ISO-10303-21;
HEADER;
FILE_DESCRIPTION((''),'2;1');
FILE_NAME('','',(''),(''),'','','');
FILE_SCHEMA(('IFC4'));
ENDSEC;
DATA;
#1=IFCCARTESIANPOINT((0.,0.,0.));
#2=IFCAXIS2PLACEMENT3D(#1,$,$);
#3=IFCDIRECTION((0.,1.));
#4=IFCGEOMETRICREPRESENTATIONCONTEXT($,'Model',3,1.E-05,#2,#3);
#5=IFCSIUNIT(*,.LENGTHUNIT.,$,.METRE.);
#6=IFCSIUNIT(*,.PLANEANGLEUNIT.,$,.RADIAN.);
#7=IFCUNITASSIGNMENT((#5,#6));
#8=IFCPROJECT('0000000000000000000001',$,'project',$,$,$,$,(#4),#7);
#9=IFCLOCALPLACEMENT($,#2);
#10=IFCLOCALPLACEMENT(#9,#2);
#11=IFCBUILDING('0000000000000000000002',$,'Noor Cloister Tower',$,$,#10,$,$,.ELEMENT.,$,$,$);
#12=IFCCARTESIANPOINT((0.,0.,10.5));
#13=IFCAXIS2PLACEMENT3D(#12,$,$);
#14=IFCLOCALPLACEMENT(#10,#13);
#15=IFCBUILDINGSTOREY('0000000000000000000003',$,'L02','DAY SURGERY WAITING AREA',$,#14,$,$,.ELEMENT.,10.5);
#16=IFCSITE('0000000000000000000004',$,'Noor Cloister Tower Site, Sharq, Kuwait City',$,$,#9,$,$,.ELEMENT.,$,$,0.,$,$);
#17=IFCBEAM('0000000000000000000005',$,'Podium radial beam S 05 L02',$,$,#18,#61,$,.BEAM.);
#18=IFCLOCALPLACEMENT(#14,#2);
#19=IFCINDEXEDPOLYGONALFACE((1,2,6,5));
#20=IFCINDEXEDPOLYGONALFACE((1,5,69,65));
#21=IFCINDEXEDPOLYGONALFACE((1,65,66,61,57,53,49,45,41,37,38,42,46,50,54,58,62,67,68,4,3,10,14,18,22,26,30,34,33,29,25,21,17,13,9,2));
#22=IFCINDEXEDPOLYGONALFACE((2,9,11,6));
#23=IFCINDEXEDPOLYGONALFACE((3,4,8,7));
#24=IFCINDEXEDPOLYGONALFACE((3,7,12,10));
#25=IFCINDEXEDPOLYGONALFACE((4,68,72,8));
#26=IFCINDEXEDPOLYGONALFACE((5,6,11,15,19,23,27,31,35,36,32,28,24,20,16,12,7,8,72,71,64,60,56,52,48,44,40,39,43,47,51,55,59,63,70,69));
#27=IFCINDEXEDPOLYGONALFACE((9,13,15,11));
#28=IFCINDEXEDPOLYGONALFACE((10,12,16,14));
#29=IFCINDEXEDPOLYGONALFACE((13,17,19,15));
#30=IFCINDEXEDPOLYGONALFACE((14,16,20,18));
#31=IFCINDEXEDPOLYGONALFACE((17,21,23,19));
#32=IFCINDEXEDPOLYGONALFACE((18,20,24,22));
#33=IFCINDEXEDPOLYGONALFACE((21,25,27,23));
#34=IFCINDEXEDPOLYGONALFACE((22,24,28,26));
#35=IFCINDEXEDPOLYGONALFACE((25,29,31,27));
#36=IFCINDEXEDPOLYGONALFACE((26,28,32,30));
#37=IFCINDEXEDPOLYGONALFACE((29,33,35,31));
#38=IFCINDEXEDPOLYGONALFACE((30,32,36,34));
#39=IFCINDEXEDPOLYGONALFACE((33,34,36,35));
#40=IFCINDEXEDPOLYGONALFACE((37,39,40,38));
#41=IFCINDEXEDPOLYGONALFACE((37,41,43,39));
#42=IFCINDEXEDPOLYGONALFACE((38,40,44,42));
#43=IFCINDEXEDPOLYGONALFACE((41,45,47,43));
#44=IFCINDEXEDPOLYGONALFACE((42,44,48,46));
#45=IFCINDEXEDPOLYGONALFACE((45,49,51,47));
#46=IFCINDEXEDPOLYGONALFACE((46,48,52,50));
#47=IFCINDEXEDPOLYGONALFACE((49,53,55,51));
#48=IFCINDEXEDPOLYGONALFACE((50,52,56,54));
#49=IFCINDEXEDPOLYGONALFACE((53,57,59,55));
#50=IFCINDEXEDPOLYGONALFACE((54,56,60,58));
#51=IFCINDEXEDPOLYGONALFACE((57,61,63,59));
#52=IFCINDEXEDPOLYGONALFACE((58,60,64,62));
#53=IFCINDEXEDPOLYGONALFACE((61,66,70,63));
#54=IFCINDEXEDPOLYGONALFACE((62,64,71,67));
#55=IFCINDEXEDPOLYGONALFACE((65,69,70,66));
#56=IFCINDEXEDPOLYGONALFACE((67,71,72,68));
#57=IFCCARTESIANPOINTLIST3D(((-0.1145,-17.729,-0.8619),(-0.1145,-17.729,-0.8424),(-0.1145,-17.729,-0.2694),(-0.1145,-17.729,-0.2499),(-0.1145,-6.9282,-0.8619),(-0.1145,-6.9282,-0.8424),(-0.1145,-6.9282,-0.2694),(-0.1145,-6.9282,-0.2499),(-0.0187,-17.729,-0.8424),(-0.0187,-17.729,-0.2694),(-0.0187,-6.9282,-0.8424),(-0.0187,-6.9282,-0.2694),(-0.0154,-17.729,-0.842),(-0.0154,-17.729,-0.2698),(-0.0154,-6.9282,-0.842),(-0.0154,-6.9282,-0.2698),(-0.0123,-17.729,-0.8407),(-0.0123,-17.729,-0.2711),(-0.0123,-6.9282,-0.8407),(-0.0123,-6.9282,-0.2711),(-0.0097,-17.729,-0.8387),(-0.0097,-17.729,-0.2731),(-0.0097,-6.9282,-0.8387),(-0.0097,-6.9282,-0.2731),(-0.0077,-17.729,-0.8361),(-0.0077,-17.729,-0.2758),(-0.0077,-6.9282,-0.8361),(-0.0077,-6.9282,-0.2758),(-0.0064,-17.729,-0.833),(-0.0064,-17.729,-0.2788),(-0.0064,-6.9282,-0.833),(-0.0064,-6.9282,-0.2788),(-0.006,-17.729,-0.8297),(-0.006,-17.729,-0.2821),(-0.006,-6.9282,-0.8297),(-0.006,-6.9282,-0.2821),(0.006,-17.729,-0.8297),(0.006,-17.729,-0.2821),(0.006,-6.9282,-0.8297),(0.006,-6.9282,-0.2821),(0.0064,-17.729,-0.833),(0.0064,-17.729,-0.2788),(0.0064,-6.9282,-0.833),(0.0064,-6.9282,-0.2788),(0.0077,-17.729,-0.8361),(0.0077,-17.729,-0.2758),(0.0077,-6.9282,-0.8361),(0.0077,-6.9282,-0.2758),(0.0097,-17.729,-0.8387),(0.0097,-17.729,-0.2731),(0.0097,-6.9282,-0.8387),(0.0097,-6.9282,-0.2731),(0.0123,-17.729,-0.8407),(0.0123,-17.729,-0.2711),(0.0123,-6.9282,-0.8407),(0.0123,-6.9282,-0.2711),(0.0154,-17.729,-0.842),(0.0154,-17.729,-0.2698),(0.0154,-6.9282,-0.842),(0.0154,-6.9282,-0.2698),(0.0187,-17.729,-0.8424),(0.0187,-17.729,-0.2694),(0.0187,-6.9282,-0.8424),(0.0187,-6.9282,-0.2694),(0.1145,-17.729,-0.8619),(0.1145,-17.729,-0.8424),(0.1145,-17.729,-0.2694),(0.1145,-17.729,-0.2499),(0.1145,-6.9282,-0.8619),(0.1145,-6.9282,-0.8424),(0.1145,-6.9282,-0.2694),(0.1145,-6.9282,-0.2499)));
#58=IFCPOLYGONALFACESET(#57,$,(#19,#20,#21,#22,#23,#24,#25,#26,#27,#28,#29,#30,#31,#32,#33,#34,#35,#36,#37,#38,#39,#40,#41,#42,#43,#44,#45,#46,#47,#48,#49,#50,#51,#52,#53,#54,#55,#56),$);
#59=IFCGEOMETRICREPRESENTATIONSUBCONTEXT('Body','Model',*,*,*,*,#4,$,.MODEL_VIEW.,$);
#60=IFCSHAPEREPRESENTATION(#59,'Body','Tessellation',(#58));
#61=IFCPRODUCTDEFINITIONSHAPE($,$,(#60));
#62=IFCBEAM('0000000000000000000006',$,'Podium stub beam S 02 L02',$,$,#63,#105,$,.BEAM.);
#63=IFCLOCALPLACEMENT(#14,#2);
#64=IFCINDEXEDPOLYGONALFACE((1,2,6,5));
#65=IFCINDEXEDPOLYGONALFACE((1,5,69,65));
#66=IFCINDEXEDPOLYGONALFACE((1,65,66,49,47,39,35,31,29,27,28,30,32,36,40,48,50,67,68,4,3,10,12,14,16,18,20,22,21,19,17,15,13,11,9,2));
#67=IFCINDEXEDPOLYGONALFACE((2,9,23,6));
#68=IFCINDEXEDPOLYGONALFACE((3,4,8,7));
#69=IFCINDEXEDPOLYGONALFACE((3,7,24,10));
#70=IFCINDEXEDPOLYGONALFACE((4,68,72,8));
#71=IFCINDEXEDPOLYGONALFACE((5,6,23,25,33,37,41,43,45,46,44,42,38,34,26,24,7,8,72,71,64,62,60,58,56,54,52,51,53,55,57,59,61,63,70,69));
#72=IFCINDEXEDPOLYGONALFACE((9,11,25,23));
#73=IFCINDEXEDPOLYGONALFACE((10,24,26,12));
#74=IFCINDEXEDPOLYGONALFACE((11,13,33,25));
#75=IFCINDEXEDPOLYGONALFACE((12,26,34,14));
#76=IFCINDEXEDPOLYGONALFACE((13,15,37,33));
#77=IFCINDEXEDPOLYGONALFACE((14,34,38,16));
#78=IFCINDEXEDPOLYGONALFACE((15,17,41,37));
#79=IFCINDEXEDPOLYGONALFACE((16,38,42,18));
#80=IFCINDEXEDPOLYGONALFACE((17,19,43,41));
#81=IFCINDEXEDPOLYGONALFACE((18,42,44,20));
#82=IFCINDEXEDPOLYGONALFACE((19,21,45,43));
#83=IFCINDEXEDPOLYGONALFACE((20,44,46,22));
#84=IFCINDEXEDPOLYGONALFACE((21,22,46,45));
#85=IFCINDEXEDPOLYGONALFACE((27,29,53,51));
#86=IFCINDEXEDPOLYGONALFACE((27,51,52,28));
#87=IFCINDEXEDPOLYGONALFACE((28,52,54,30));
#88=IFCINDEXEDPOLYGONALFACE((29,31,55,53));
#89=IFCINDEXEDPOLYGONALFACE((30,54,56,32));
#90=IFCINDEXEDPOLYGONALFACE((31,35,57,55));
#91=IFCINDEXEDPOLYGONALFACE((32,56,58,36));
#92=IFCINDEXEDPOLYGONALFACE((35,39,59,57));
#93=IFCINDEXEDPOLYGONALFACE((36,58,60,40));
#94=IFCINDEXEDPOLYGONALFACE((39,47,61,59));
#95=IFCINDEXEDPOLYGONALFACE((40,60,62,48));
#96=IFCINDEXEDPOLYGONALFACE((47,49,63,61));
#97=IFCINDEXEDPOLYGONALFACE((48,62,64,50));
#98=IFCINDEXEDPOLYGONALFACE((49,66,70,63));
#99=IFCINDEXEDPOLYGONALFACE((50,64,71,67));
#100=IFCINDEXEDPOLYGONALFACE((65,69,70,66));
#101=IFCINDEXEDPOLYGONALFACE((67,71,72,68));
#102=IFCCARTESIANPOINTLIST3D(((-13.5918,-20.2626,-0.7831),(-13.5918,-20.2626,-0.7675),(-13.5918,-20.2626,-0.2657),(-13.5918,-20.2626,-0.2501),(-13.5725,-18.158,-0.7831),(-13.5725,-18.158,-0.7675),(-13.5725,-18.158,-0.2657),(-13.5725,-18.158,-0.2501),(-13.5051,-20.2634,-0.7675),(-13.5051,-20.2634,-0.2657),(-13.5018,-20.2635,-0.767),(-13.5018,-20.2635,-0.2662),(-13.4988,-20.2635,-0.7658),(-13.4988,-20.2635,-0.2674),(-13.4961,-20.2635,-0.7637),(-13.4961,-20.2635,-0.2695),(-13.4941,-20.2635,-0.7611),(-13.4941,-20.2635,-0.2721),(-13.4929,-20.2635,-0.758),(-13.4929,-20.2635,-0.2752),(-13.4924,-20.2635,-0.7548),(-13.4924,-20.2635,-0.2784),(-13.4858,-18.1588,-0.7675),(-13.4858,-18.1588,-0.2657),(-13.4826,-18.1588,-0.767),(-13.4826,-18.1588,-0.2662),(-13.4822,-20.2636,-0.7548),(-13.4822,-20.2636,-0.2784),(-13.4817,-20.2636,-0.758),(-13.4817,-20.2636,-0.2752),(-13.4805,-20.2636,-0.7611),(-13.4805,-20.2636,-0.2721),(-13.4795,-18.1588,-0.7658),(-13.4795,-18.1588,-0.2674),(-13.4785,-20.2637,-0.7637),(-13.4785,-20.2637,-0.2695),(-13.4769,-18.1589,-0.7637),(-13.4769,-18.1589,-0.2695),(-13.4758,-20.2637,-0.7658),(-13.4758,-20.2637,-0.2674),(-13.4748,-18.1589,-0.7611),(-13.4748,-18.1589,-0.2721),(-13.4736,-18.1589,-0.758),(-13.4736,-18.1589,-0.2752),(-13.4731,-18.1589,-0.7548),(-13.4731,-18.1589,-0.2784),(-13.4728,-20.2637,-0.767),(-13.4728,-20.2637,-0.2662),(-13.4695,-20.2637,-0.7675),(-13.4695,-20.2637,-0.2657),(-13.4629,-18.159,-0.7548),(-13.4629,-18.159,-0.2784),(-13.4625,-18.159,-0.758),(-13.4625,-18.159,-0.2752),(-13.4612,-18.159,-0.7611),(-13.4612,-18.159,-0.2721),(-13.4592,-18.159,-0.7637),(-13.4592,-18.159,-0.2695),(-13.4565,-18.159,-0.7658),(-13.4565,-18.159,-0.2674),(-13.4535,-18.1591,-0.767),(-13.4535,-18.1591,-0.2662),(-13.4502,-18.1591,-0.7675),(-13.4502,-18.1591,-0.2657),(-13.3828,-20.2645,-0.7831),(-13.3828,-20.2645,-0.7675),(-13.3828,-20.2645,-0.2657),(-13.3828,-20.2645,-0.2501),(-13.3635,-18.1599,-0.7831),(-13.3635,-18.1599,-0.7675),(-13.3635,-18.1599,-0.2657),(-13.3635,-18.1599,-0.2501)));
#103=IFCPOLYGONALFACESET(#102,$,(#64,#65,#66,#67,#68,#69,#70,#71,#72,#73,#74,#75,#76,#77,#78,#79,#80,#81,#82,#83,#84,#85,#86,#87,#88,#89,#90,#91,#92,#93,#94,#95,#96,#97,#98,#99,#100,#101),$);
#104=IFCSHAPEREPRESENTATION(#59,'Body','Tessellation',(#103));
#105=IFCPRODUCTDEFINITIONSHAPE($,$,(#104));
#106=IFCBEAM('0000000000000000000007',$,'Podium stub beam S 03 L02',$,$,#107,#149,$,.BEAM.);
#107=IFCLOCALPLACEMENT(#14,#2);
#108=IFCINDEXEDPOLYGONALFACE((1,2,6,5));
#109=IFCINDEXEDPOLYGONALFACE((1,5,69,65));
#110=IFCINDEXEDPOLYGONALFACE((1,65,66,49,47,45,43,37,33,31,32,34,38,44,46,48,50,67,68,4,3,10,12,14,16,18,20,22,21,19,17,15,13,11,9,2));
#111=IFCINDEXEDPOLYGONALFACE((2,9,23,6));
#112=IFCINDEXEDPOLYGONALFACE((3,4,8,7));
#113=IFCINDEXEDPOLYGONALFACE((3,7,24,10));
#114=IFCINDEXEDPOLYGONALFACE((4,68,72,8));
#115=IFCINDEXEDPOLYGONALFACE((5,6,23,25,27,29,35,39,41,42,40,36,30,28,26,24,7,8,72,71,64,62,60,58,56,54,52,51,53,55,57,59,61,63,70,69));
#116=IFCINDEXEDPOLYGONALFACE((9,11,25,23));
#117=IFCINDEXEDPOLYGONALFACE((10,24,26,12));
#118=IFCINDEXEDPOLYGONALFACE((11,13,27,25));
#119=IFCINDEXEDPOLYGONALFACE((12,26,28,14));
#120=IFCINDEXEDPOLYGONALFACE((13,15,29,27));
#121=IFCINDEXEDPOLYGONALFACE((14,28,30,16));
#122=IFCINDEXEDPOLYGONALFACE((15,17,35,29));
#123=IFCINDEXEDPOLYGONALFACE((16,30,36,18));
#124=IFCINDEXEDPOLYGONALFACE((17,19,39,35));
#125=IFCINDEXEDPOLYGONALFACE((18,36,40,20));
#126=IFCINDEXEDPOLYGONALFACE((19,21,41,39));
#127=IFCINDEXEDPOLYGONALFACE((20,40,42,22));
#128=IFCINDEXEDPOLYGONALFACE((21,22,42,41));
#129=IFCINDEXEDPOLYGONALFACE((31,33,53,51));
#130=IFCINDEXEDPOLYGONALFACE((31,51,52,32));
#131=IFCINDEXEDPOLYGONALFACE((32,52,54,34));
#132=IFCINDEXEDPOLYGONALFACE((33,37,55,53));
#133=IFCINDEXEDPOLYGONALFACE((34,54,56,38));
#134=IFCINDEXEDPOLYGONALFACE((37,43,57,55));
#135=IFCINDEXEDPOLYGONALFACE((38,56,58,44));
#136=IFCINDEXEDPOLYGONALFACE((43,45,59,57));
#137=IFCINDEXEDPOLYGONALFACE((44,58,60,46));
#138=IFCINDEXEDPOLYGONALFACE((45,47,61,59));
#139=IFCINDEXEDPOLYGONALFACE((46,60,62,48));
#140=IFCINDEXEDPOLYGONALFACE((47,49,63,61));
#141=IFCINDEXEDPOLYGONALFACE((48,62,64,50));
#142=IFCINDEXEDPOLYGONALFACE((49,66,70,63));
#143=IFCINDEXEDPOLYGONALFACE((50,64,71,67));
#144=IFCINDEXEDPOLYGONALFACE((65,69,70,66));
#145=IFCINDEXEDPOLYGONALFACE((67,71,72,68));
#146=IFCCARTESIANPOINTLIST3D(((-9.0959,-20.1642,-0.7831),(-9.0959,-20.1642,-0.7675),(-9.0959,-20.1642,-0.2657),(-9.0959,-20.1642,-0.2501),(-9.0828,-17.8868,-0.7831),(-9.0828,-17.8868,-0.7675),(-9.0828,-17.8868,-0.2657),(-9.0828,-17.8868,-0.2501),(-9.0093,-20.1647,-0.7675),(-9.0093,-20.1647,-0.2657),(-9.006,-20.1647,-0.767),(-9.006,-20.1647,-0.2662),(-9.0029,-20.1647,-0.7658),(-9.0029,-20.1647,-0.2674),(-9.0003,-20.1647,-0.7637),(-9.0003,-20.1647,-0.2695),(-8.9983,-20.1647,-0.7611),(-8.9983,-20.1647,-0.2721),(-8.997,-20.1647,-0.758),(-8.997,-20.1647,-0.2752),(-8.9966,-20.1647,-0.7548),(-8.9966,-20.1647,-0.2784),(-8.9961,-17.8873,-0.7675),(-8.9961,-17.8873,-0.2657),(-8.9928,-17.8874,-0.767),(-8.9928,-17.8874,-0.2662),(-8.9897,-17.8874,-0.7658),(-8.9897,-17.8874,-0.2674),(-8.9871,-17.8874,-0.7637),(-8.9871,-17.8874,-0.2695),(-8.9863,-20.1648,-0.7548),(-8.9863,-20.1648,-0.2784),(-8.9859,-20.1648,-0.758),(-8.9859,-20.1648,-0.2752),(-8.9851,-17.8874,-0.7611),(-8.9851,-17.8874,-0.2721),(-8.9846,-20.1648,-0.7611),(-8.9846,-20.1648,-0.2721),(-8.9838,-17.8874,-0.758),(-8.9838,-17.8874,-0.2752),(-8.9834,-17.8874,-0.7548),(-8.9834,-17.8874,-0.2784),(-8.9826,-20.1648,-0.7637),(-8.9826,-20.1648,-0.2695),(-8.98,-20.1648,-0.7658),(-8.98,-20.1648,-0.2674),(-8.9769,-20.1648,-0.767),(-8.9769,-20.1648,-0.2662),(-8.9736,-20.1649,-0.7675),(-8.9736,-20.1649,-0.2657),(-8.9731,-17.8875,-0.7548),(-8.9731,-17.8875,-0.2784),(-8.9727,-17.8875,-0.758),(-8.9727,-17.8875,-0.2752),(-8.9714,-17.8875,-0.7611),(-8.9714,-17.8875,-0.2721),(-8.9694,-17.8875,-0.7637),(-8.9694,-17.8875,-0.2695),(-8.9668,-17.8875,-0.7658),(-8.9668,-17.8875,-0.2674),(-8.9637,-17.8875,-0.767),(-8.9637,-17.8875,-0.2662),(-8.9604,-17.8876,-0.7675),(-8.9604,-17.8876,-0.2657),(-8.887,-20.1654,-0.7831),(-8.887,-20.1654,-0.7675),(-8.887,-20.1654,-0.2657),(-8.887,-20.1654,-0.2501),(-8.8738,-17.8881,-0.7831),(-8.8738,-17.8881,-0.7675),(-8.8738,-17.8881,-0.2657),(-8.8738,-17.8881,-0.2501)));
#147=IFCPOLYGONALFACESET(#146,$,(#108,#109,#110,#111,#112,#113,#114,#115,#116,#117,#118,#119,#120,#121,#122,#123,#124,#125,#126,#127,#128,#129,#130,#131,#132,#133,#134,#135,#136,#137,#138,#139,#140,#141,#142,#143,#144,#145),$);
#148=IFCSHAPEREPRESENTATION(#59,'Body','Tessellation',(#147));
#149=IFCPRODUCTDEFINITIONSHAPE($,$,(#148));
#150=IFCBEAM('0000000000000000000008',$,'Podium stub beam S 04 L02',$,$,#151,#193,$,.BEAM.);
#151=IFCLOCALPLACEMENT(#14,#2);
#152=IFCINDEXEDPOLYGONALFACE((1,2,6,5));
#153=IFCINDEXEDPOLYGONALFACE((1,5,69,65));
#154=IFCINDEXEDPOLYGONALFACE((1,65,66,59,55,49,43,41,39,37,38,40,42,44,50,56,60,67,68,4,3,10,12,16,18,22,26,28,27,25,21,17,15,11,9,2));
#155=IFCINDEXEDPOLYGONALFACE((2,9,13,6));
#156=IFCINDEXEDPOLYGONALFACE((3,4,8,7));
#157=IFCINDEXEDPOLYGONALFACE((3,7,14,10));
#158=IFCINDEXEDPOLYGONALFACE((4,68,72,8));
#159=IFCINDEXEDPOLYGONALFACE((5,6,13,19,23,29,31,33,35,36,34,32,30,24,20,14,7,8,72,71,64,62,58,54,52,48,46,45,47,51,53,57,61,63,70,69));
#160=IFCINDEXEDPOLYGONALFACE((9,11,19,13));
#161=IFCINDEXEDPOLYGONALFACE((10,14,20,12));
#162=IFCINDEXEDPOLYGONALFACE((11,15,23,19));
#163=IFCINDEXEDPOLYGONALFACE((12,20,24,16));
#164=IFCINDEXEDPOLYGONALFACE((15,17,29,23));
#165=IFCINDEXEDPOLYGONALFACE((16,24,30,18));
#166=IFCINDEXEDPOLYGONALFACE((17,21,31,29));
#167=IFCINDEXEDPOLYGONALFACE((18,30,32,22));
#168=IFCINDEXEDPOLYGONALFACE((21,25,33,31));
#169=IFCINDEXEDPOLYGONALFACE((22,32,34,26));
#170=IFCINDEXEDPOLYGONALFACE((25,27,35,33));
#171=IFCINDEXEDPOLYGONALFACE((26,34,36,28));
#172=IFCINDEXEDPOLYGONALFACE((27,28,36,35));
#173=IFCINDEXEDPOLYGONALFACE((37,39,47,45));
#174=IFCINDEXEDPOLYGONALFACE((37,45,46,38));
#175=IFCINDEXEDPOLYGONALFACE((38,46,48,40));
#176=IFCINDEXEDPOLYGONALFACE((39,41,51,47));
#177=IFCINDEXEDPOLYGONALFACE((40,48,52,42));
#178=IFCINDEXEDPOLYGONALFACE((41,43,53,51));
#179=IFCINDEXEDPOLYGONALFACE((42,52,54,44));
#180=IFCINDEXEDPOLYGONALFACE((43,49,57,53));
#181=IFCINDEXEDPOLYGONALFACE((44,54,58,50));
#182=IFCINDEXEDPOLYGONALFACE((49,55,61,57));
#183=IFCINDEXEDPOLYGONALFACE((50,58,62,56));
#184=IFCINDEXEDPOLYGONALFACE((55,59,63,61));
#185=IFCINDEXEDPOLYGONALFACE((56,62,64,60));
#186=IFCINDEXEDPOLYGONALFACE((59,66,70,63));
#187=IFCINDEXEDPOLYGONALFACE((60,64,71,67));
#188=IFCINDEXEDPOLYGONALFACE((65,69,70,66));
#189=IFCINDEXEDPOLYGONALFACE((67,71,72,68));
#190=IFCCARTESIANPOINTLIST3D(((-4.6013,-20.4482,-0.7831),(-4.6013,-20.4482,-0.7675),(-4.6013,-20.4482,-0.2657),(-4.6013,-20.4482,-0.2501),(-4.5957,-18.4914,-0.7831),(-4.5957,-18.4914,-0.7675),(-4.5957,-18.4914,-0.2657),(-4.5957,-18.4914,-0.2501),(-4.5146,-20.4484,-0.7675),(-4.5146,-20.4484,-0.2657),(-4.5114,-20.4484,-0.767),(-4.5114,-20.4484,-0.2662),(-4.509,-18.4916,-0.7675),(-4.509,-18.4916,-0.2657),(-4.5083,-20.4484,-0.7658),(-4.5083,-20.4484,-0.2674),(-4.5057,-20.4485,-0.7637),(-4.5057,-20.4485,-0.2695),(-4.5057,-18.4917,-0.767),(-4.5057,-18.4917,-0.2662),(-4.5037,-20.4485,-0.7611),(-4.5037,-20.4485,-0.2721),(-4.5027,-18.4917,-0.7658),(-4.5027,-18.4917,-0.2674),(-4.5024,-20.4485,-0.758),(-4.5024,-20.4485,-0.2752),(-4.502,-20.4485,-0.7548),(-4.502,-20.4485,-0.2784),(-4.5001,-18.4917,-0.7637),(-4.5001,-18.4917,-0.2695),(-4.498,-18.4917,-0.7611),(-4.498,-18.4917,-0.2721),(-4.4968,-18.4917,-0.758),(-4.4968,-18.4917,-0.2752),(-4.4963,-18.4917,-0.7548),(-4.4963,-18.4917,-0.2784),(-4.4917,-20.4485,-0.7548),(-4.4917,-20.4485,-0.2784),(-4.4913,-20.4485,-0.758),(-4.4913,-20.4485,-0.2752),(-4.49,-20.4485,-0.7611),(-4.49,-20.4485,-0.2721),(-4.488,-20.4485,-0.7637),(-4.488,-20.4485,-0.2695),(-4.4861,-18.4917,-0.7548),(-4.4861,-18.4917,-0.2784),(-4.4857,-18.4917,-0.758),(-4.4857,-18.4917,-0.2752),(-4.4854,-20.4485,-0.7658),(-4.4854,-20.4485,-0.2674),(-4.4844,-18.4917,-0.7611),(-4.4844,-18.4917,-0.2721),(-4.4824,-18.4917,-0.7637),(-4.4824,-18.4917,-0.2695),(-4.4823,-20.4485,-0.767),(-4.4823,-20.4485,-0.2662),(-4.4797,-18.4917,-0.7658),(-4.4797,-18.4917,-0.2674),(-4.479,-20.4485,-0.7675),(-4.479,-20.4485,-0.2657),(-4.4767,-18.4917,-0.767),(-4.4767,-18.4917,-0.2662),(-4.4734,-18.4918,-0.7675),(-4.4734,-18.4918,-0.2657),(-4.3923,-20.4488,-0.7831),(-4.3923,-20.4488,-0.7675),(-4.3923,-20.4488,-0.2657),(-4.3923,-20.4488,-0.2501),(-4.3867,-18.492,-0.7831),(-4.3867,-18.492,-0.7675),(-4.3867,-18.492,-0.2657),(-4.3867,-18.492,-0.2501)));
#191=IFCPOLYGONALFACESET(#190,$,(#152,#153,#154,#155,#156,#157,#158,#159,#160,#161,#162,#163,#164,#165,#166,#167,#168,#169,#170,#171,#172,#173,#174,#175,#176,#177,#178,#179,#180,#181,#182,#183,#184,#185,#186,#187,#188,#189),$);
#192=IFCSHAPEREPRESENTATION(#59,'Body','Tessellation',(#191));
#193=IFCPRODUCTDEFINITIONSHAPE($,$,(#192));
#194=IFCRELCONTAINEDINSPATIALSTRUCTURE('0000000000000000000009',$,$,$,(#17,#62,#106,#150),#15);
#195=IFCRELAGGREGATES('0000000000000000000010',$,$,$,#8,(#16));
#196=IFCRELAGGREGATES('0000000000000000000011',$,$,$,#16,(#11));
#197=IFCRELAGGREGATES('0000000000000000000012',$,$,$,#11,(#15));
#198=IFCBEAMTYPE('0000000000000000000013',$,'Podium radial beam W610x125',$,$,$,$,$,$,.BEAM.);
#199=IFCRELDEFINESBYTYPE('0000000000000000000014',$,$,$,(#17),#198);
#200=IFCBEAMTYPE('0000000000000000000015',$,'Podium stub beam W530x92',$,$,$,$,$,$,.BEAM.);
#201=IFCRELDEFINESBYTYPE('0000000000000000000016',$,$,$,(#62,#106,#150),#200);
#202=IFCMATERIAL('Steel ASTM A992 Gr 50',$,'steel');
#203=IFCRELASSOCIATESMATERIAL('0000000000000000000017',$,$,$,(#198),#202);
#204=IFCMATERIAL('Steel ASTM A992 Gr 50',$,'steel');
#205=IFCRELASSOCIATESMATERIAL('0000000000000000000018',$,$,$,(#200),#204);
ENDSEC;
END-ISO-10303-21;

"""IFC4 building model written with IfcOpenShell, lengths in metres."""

from ifc_helpers import new_model, si_unit, direction, frame, origin, origin_2d, place, context, subcontext, project, spatial, i_section, extrude, material, material_profile, profile_set, type_object, element, save


model = new_model("IFC4")

# Units and contexts
model_context = context("Model", 3, precision=1e-05, world=origin(), true_north=direction((0.0, 1.0)))
body_context = subcontext(model_context, "Body", "Model", "MODEL_VIEW")
ifc_project = project(units=[si_unit("LENGTHUNIT", "METRE"), si_unit("PLANEANGLEUNIT", "RADIAN")], contexts=[model_context])

# Site, building, storey
site_placement = place(None, origin())
site = spatial("IfcSite", under=ifc_project, at=site_placement, Name="Noor Cloister Tower Site, Sharq, Kuwait City", CompositionType="ELEMENT", RefElevation=0.0)
building_placement = place(site_placement, origin())
building = spatial("IfcBuilding", under=site, at=building_placement, Name="Noor Cloister Tower", CompositionType="ELEMENT")
storey_placement = place(building_placement, frame((0.0, 0.0, 10.5)))
storey = spatial("IfcBuildingStorey", under=building, at=storey_placement, Name="L02", Description="DAY SURGERY WAITING AREA", CompositionType="ELEMENT", Elevation=10.5)

# Beams
ifc_material_1 = material(Name="Steel ASTM A992 Gr 50", Category="steel")
ifc_material_profile_1 = material_profile(ifc_material_1, i_section(OverallWidth=0.229, OverallDepth=0.6121, WebThickness=0.012, FlangeThickness=0.0195, FilletRadius=0.0127, at=origin_2d()), Name="W610x125")
ifc_profile_set_1 = profile_set([ifc_material_profile_1], Name="Steel ASTM A992 Gr 50")
beam_type_1 = type_object("IfcBeamType", Name="Podium radial beam W610x125", PredefinedType="BEAM", material=ifc_profile_set_1)
beam_1_placement = place(storey_placement, frame((0.0, -17.729, -0.5559), z_axis=(0.0, 1.0, 0.0), x_axis=(-1.0, 0.0, 0.0)))
element("IfcBeam", 1, at=beam_1_placement, inside=storey, type_object=beam_type_1, Name="Podium radial beam S 05 L02", PredefinedType="BEAM", context=body_context, shape_type="SweptSolid", body=[
    extrude(i_section(OverallWidth=0.229, OverallDepth=0.6121, WebThickness=0.012, FlangeThickness=0.0195, FilletRadius=0.0127, at=origin_2d()), origin(), (0.0, 0.0, 1.0), 10.8008),
])
ifc_material_2 = material(Name="Steel ASTM A992 Gr 50", Category="steel")
ifc_material_profile_2 = material_profile(ifc_material_2, i_section(OverallWidth=0.209, OverallDepth=0.533, WebThickness=0.0103, FlangeThickness=0.0156, FilletRadius=0.0127, at=origin_2d()), Name="W530x92")
ifc_profile_set_2 = profile_set([ifc_material_profile_2], Name="Steel ASTM A992 Gr 50")
beam_type_2 = type_object("IfcBeamType", Name="Podium stub beam W530x92", PredefinedType="BEAM", material=ifc_profile_set_2)
beam_2_placement = place(storey_placement, frame((-13.468, -18.1589, -0.5166), z_axis=(-0.009163, -0.999958, 0.0), x_axis=(0.999958, -0.009163, 0.0)))
element("IfcBeam", 2, at=beam_2_placement, inside=storey, type_object=beam_type_2, Name="Podium stub beam S 02 L02", PredefinedType="BEAM", context=body_context, shape_type="SweptSolid", body=[
    extrude(i_section(OverallWidth=0.209, OverallDepth=0.533, WebThickness=0.0103, FlangeThickness=0.0156, FilletRadius=0.0127, at=origin_2d()), origin(), (0.0, 0.0, 1.0), 2.1047),
])
beam_3_placement = place(storey_placement, frame((-8.9783, -17.8875, -0.5166), z_axis=(-0.005789, -0.999983, 0.0), x_axis=(0.999983, -0.005789, 0.0)))
element("IfcBeam", 3, at=beam_3_placement, inside=storey, type_object=beam_type_2, Name="Podium stub beam S 03 L02", PredefinedType="BEAM", context=body_context, shape_type="SweptSolid", body=[
    extrude(i_section(OverallWidth=0.209, OverallDepth=0.533, WebThickness=0.0103, FlangeThickness=0.0156, FilletRadius=0.0127, at=origin_2d()), origin(), (0.0, 0.0, 1.0), 2.2773),
])
beam_4_placement = place(storey_placement, frame((-4.4912, -18.4917, -0.5166), z_axis=(-0.00287, -0.999996, 0.0), x_axis=(0.999996, -0.00287, 0.0)))
element("IfcBeam", 4, at=beam_4_placement, inside=storey, type_object=beam_type_2, Name="Podium stub beam S 04 L02", PredefinedType="BEAM", context=body_context, shape_type="SweptSolid", body=[
    extrude(i_section(OverallWidth=0.209, OverallDepth=0.533, WebThickness=0.0103, FlangeThickness=0.0156, FilletRadius=0.0127, at=origin_2d()), origin(), (0.0, 0.0, 1.0), 1.9568),
])

save(model, "model.ifc")
